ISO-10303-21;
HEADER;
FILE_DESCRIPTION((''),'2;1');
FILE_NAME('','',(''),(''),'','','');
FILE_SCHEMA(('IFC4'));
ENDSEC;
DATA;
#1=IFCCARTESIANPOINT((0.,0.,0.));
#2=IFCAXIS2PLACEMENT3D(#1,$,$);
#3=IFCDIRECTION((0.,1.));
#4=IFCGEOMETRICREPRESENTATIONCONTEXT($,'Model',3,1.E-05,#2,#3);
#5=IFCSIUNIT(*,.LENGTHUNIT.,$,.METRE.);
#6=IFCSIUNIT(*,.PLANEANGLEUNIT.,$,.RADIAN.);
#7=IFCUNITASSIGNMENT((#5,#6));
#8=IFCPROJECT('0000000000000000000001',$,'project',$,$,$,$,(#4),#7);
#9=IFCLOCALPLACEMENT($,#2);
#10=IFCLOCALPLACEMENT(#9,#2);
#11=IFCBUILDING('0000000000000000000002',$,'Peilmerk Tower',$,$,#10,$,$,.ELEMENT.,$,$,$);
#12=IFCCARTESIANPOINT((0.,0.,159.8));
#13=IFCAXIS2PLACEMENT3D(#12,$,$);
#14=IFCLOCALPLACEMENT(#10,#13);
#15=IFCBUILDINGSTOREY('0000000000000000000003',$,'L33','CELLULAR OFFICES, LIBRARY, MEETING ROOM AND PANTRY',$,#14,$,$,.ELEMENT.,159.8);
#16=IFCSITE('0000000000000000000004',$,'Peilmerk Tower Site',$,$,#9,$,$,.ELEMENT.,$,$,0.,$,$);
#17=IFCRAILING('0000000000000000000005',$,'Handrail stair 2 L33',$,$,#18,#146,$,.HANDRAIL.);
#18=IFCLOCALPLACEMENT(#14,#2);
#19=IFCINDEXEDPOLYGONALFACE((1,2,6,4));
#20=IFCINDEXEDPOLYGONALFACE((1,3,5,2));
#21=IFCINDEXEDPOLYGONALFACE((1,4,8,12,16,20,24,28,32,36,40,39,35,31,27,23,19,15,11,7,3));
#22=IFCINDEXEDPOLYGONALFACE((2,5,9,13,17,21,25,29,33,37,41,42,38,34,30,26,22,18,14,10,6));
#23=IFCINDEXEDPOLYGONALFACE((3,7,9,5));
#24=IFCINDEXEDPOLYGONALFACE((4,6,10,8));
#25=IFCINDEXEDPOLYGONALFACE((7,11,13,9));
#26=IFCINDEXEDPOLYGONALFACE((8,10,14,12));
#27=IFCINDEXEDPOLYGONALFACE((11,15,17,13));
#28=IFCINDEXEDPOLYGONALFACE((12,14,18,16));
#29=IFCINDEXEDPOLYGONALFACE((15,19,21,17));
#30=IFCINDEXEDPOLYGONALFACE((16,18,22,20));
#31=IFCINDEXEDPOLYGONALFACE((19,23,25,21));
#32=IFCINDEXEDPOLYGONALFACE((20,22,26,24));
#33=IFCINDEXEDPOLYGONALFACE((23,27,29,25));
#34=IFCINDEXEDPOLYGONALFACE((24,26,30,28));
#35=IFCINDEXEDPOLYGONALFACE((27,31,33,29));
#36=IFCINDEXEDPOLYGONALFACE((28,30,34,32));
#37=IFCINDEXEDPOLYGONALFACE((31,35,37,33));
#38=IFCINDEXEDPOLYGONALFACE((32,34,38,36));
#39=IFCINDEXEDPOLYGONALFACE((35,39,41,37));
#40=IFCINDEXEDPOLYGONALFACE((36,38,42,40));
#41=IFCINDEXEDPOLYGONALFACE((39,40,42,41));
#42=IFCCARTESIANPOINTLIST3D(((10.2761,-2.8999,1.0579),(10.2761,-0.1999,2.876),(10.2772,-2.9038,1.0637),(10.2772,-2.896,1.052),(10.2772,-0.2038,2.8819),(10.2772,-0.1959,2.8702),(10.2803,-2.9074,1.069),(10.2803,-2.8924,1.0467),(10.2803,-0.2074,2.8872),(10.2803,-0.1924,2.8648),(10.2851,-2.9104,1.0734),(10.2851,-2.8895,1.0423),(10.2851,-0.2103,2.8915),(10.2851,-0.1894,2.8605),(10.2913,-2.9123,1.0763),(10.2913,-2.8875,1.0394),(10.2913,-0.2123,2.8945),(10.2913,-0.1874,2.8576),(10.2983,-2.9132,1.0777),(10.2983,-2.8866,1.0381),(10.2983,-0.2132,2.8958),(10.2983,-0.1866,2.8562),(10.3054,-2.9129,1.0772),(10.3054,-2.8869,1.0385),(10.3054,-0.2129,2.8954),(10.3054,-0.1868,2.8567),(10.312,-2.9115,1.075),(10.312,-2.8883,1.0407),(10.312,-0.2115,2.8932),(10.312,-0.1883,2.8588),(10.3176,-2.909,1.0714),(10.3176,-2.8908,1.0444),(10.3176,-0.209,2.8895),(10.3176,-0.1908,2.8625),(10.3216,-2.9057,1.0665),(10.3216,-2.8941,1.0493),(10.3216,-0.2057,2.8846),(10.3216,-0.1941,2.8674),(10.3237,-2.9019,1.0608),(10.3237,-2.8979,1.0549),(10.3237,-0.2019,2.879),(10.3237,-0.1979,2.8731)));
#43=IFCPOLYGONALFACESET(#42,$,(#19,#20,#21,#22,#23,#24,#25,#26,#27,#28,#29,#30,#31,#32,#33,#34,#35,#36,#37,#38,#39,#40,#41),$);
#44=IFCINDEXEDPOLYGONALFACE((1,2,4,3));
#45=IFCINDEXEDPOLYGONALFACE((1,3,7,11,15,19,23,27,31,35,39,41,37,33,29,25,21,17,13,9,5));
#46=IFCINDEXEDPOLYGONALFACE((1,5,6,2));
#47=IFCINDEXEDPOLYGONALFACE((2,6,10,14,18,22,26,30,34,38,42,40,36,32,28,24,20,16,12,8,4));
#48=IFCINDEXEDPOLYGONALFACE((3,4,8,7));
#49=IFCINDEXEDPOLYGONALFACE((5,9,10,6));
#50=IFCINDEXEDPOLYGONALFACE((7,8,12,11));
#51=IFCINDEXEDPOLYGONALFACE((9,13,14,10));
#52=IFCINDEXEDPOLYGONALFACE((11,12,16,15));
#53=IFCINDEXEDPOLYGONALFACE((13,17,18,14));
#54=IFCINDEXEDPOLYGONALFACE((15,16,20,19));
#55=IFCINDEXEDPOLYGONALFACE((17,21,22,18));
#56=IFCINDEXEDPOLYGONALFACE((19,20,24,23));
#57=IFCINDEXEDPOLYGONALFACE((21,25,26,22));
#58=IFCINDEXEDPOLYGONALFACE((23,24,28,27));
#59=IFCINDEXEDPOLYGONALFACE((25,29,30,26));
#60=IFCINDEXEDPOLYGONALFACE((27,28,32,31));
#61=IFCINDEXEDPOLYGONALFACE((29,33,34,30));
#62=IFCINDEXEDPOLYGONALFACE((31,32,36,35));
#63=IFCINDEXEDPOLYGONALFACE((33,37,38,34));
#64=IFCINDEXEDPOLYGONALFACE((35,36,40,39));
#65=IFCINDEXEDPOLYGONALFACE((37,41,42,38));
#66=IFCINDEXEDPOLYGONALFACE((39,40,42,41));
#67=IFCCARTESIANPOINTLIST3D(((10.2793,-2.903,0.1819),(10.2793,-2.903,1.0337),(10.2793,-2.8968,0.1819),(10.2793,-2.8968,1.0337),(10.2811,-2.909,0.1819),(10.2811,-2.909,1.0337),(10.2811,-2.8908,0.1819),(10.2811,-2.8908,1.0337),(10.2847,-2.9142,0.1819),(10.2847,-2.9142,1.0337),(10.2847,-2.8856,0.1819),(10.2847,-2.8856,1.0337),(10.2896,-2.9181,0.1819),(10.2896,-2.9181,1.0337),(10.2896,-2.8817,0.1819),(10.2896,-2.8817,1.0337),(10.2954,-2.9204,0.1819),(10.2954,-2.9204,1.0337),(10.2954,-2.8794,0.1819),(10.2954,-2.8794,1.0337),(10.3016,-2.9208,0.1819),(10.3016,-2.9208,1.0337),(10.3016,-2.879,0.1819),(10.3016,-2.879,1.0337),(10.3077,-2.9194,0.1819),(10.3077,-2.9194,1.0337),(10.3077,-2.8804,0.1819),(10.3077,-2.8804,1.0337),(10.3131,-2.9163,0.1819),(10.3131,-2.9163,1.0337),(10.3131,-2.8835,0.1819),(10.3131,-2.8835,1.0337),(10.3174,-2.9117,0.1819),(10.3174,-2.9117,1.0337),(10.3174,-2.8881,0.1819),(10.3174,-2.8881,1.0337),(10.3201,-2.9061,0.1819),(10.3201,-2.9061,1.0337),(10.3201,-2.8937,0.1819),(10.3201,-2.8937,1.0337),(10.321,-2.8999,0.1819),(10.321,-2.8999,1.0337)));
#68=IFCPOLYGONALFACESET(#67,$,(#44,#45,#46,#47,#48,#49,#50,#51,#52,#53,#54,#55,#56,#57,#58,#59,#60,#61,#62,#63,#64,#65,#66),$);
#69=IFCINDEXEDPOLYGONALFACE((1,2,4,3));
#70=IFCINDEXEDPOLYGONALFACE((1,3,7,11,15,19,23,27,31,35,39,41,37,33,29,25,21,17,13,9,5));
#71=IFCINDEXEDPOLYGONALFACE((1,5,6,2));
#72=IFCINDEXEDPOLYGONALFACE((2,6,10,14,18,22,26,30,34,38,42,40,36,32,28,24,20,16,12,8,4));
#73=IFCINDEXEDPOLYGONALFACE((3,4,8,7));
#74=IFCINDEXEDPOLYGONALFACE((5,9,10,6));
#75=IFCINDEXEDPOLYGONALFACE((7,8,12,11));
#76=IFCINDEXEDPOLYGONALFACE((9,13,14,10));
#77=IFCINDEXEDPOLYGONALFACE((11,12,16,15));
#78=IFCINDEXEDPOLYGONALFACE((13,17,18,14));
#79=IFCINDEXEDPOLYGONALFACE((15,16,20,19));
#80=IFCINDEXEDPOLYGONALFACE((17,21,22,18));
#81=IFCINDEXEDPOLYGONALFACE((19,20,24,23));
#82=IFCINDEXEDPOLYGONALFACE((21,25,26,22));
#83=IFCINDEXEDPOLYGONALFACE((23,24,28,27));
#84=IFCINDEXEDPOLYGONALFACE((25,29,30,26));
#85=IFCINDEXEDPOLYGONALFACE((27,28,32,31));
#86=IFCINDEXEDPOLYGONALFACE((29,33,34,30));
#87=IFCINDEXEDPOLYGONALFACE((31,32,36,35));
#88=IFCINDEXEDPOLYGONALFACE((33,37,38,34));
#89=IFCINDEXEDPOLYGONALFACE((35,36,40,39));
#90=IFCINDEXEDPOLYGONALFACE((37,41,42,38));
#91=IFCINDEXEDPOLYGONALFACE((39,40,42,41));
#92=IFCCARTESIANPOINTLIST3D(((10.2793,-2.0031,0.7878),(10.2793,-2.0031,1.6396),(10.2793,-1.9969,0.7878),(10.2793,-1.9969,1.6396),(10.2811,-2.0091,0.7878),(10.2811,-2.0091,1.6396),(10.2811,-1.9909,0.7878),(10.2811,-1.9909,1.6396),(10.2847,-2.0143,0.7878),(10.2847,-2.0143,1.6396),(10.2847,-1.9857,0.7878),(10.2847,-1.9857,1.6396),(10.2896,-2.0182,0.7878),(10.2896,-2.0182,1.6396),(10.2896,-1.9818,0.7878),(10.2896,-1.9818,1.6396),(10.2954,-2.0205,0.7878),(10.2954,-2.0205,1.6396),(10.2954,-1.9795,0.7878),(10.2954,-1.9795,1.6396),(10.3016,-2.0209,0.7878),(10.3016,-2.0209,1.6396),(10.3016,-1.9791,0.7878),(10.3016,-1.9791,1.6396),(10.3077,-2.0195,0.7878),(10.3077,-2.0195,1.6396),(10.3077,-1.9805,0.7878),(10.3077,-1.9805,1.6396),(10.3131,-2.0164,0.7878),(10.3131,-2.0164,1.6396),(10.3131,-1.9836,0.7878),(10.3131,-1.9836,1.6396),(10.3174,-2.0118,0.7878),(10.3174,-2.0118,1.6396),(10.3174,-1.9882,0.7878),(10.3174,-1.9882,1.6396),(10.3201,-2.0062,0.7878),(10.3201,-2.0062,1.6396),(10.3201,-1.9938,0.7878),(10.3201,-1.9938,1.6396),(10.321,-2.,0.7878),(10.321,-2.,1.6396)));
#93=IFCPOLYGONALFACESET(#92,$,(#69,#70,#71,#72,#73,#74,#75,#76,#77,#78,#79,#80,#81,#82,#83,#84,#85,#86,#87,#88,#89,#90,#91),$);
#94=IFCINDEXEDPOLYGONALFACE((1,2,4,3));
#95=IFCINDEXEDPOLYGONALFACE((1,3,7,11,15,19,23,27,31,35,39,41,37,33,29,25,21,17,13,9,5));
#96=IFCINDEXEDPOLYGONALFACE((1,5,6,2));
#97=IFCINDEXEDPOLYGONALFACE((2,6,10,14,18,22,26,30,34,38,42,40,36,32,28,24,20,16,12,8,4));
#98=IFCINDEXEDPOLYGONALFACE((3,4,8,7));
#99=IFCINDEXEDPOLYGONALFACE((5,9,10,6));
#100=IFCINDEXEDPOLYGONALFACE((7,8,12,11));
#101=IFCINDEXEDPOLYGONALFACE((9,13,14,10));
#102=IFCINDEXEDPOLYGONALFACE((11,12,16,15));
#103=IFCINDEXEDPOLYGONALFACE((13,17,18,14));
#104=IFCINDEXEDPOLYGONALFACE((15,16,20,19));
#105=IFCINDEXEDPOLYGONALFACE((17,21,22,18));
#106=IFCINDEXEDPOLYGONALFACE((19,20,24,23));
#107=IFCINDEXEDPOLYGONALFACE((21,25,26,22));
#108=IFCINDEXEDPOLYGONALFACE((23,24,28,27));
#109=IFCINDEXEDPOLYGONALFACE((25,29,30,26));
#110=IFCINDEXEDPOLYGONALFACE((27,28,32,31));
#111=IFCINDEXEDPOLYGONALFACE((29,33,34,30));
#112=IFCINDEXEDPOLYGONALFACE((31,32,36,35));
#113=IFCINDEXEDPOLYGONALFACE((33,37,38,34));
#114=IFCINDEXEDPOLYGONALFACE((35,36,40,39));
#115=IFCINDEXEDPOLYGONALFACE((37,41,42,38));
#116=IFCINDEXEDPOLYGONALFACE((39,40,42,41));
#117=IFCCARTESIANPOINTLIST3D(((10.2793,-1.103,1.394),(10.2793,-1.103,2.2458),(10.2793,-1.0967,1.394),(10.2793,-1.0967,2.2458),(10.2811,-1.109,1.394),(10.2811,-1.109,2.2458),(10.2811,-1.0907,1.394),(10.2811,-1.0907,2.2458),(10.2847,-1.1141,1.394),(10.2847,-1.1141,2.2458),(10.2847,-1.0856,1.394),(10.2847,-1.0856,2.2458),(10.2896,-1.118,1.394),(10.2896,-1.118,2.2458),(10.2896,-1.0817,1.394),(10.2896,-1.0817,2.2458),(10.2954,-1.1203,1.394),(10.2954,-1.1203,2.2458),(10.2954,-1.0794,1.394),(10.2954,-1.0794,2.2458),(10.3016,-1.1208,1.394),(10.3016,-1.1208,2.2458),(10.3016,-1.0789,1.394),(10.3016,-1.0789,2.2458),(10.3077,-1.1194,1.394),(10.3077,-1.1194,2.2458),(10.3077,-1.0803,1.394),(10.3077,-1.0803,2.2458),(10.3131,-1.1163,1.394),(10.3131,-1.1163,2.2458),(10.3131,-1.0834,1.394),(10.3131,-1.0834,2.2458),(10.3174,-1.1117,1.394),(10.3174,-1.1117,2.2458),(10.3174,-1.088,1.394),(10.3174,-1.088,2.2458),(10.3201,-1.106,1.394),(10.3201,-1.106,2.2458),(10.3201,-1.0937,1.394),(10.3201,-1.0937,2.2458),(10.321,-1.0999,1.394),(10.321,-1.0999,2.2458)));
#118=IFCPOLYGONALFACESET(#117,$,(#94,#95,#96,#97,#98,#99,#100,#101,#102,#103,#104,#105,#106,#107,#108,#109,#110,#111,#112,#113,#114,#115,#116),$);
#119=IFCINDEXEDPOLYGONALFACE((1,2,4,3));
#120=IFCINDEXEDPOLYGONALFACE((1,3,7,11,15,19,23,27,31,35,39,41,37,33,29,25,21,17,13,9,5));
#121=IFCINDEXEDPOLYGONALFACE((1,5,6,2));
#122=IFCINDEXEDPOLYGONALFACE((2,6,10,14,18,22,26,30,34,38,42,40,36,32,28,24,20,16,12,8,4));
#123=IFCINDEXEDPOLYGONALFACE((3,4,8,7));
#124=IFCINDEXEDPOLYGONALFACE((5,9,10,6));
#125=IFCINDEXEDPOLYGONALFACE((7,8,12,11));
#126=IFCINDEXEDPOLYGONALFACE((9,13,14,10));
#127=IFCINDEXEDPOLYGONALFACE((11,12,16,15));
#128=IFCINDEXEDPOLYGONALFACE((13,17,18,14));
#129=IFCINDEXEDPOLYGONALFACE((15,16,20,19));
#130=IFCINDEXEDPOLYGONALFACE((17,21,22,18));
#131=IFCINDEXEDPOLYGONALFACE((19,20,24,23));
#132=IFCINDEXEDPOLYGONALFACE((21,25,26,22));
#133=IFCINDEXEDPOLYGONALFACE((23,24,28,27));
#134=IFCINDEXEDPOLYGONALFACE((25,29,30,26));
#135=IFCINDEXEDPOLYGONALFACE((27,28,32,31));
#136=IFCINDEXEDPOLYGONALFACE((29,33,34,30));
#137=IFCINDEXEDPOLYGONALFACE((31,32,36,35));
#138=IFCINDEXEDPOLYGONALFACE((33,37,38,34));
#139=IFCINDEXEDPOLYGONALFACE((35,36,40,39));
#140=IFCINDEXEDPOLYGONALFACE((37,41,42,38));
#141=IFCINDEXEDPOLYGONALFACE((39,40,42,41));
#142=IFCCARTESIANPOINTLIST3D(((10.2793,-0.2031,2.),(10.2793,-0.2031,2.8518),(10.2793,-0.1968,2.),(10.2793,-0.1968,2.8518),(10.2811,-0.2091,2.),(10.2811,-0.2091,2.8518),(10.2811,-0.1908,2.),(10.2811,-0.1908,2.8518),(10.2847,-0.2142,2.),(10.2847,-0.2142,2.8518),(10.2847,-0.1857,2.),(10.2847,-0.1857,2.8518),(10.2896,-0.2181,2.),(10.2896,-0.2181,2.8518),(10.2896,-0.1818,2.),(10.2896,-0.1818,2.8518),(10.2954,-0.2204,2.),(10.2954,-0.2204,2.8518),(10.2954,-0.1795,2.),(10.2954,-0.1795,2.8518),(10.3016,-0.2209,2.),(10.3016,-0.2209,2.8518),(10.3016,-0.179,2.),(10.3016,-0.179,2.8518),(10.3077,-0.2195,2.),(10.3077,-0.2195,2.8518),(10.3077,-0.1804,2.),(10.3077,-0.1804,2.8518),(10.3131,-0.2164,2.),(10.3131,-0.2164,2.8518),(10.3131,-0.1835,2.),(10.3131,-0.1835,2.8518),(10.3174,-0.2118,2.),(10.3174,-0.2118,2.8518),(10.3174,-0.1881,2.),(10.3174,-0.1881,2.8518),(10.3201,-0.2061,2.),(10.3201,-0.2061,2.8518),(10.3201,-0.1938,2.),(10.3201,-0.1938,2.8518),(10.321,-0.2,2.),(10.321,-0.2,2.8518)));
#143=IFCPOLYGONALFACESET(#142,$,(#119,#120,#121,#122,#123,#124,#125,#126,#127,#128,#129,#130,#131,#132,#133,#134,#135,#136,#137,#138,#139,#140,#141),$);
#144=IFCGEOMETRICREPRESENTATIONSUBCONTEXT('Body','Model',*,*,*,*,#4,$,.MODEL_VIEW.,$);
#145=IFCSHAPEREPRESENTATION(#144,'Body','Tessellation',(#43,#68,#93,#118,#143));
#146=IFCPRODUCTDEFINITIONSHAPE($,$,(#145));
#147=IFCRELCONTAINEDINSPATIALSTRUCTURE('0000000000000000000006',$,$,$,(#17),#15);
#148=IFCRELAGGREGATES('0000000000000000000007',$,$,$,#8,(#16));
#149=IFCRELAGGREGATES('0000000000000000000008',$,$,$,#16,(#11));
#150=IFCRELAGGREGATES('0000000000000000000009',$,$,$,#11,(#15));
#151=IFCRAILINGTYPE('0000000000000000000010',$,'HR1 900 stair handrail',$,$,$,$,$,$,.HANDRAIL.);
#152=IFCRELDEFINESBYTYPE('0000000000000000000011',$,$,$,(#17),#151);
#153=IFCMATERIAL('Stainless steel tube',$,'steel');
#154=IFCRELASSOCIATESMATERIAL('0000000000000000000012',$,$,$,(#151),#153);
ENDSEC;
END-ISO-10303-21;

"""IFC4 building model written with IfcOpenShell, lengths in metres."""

from ifc_helpers import new_model, si_unit, direction, frame, origin, origin_2d, place, context, subcontext, project, spatial, circle, extrude, material, type_object, element, save


model = new_model("IFC4")

# Units and contexts
model_context = context("Model", 3, precision=1e-05, world=origin(), true_north=direction((0.0, 1.0)))
body_context = subcontext(model_context, "Body", "Model", "MODEL_VIEW")
ifc_project = project(units=[si_unit("LENGTHUNIT", "METRE"), si_unit("PLANEANGLEUNIT", "RADIAN")], contexts=[model_context])

# Site, building, storey
site_placement = place(None, origin())
site = spatial("IfcSite", under=ifc_project, at=site_placement, Name="Peilmerk Tower Site", CompositionType="ELEMENT", RefElevation=0.0)
building_placement = place(site_placement, origin())
building = spatial("IfcBuilding", under=site, at=building_placement, Name="Peilmerk Tower", CompositionType="ELEMENT")
storey_placement = place(building_placement, frame((0.0, 0.0, 159.8)))
storey = spatial("IfcBuildingStorey", under=building, at=storey_placement, Name="L33", Description="CELLULAR OFFICES, LIBRARY, MEETING ROOM AND PANTRY", CompositionType="ELEMENT", Elevation=159.8)

# Railing
ifc_material_1 = material(Name="Stainless steel tube", Category="steel")
railing_type_1 = type_object("IfcRailingType", Name="HR1 900 stair handrail", PredefinedType="HANDRAIL", material=ifc_material_1)
railing_1_placement = place(storey_placement, frame((10.3, -2.8999, 0.1819)))
element("IfcRailing", 1, at=railing_1_placement, inside=storey, type_object=railing_type_1, Name="Handrail stair 2 L33", PredefinedType="HANDRAIL", context=body_context, shape_type="SweptSolid", body=[
    extrude(circle(Radius=0.0239, at=origin_2d()), frame((0.0, 0.0, 0.876), z_axis=(0.0, 0.829468, 0.558554), x_axis=(-1.0, 0.0, 0.0)), (0.0, 0.0, 1.0), 3.2551),
    extrude(circle(Radius=0.021, at=origin_2d()), origin(), (0.0, 0.0, 1.0), 0.8518),
    extrude(circle(Radius=0.021, at=origin_2d()), frame((0.0, 0.8999, 0.606)), (0.0, 0.0, 1.0), 0.8518),
    extrude(circle(Radius=0.021, at=origin_2d()), frame((0.0, 1.8, 1.2122)), (0.0, 0.0, 1.0), 0.8518),
    extrude(circle(Radius=0.021, at=origin_2d()), frame((0.0, 2.7, 1.8181)), (0.0, 0.0, 1.0), 0.8518),
])

save(model, "model.ifc")
